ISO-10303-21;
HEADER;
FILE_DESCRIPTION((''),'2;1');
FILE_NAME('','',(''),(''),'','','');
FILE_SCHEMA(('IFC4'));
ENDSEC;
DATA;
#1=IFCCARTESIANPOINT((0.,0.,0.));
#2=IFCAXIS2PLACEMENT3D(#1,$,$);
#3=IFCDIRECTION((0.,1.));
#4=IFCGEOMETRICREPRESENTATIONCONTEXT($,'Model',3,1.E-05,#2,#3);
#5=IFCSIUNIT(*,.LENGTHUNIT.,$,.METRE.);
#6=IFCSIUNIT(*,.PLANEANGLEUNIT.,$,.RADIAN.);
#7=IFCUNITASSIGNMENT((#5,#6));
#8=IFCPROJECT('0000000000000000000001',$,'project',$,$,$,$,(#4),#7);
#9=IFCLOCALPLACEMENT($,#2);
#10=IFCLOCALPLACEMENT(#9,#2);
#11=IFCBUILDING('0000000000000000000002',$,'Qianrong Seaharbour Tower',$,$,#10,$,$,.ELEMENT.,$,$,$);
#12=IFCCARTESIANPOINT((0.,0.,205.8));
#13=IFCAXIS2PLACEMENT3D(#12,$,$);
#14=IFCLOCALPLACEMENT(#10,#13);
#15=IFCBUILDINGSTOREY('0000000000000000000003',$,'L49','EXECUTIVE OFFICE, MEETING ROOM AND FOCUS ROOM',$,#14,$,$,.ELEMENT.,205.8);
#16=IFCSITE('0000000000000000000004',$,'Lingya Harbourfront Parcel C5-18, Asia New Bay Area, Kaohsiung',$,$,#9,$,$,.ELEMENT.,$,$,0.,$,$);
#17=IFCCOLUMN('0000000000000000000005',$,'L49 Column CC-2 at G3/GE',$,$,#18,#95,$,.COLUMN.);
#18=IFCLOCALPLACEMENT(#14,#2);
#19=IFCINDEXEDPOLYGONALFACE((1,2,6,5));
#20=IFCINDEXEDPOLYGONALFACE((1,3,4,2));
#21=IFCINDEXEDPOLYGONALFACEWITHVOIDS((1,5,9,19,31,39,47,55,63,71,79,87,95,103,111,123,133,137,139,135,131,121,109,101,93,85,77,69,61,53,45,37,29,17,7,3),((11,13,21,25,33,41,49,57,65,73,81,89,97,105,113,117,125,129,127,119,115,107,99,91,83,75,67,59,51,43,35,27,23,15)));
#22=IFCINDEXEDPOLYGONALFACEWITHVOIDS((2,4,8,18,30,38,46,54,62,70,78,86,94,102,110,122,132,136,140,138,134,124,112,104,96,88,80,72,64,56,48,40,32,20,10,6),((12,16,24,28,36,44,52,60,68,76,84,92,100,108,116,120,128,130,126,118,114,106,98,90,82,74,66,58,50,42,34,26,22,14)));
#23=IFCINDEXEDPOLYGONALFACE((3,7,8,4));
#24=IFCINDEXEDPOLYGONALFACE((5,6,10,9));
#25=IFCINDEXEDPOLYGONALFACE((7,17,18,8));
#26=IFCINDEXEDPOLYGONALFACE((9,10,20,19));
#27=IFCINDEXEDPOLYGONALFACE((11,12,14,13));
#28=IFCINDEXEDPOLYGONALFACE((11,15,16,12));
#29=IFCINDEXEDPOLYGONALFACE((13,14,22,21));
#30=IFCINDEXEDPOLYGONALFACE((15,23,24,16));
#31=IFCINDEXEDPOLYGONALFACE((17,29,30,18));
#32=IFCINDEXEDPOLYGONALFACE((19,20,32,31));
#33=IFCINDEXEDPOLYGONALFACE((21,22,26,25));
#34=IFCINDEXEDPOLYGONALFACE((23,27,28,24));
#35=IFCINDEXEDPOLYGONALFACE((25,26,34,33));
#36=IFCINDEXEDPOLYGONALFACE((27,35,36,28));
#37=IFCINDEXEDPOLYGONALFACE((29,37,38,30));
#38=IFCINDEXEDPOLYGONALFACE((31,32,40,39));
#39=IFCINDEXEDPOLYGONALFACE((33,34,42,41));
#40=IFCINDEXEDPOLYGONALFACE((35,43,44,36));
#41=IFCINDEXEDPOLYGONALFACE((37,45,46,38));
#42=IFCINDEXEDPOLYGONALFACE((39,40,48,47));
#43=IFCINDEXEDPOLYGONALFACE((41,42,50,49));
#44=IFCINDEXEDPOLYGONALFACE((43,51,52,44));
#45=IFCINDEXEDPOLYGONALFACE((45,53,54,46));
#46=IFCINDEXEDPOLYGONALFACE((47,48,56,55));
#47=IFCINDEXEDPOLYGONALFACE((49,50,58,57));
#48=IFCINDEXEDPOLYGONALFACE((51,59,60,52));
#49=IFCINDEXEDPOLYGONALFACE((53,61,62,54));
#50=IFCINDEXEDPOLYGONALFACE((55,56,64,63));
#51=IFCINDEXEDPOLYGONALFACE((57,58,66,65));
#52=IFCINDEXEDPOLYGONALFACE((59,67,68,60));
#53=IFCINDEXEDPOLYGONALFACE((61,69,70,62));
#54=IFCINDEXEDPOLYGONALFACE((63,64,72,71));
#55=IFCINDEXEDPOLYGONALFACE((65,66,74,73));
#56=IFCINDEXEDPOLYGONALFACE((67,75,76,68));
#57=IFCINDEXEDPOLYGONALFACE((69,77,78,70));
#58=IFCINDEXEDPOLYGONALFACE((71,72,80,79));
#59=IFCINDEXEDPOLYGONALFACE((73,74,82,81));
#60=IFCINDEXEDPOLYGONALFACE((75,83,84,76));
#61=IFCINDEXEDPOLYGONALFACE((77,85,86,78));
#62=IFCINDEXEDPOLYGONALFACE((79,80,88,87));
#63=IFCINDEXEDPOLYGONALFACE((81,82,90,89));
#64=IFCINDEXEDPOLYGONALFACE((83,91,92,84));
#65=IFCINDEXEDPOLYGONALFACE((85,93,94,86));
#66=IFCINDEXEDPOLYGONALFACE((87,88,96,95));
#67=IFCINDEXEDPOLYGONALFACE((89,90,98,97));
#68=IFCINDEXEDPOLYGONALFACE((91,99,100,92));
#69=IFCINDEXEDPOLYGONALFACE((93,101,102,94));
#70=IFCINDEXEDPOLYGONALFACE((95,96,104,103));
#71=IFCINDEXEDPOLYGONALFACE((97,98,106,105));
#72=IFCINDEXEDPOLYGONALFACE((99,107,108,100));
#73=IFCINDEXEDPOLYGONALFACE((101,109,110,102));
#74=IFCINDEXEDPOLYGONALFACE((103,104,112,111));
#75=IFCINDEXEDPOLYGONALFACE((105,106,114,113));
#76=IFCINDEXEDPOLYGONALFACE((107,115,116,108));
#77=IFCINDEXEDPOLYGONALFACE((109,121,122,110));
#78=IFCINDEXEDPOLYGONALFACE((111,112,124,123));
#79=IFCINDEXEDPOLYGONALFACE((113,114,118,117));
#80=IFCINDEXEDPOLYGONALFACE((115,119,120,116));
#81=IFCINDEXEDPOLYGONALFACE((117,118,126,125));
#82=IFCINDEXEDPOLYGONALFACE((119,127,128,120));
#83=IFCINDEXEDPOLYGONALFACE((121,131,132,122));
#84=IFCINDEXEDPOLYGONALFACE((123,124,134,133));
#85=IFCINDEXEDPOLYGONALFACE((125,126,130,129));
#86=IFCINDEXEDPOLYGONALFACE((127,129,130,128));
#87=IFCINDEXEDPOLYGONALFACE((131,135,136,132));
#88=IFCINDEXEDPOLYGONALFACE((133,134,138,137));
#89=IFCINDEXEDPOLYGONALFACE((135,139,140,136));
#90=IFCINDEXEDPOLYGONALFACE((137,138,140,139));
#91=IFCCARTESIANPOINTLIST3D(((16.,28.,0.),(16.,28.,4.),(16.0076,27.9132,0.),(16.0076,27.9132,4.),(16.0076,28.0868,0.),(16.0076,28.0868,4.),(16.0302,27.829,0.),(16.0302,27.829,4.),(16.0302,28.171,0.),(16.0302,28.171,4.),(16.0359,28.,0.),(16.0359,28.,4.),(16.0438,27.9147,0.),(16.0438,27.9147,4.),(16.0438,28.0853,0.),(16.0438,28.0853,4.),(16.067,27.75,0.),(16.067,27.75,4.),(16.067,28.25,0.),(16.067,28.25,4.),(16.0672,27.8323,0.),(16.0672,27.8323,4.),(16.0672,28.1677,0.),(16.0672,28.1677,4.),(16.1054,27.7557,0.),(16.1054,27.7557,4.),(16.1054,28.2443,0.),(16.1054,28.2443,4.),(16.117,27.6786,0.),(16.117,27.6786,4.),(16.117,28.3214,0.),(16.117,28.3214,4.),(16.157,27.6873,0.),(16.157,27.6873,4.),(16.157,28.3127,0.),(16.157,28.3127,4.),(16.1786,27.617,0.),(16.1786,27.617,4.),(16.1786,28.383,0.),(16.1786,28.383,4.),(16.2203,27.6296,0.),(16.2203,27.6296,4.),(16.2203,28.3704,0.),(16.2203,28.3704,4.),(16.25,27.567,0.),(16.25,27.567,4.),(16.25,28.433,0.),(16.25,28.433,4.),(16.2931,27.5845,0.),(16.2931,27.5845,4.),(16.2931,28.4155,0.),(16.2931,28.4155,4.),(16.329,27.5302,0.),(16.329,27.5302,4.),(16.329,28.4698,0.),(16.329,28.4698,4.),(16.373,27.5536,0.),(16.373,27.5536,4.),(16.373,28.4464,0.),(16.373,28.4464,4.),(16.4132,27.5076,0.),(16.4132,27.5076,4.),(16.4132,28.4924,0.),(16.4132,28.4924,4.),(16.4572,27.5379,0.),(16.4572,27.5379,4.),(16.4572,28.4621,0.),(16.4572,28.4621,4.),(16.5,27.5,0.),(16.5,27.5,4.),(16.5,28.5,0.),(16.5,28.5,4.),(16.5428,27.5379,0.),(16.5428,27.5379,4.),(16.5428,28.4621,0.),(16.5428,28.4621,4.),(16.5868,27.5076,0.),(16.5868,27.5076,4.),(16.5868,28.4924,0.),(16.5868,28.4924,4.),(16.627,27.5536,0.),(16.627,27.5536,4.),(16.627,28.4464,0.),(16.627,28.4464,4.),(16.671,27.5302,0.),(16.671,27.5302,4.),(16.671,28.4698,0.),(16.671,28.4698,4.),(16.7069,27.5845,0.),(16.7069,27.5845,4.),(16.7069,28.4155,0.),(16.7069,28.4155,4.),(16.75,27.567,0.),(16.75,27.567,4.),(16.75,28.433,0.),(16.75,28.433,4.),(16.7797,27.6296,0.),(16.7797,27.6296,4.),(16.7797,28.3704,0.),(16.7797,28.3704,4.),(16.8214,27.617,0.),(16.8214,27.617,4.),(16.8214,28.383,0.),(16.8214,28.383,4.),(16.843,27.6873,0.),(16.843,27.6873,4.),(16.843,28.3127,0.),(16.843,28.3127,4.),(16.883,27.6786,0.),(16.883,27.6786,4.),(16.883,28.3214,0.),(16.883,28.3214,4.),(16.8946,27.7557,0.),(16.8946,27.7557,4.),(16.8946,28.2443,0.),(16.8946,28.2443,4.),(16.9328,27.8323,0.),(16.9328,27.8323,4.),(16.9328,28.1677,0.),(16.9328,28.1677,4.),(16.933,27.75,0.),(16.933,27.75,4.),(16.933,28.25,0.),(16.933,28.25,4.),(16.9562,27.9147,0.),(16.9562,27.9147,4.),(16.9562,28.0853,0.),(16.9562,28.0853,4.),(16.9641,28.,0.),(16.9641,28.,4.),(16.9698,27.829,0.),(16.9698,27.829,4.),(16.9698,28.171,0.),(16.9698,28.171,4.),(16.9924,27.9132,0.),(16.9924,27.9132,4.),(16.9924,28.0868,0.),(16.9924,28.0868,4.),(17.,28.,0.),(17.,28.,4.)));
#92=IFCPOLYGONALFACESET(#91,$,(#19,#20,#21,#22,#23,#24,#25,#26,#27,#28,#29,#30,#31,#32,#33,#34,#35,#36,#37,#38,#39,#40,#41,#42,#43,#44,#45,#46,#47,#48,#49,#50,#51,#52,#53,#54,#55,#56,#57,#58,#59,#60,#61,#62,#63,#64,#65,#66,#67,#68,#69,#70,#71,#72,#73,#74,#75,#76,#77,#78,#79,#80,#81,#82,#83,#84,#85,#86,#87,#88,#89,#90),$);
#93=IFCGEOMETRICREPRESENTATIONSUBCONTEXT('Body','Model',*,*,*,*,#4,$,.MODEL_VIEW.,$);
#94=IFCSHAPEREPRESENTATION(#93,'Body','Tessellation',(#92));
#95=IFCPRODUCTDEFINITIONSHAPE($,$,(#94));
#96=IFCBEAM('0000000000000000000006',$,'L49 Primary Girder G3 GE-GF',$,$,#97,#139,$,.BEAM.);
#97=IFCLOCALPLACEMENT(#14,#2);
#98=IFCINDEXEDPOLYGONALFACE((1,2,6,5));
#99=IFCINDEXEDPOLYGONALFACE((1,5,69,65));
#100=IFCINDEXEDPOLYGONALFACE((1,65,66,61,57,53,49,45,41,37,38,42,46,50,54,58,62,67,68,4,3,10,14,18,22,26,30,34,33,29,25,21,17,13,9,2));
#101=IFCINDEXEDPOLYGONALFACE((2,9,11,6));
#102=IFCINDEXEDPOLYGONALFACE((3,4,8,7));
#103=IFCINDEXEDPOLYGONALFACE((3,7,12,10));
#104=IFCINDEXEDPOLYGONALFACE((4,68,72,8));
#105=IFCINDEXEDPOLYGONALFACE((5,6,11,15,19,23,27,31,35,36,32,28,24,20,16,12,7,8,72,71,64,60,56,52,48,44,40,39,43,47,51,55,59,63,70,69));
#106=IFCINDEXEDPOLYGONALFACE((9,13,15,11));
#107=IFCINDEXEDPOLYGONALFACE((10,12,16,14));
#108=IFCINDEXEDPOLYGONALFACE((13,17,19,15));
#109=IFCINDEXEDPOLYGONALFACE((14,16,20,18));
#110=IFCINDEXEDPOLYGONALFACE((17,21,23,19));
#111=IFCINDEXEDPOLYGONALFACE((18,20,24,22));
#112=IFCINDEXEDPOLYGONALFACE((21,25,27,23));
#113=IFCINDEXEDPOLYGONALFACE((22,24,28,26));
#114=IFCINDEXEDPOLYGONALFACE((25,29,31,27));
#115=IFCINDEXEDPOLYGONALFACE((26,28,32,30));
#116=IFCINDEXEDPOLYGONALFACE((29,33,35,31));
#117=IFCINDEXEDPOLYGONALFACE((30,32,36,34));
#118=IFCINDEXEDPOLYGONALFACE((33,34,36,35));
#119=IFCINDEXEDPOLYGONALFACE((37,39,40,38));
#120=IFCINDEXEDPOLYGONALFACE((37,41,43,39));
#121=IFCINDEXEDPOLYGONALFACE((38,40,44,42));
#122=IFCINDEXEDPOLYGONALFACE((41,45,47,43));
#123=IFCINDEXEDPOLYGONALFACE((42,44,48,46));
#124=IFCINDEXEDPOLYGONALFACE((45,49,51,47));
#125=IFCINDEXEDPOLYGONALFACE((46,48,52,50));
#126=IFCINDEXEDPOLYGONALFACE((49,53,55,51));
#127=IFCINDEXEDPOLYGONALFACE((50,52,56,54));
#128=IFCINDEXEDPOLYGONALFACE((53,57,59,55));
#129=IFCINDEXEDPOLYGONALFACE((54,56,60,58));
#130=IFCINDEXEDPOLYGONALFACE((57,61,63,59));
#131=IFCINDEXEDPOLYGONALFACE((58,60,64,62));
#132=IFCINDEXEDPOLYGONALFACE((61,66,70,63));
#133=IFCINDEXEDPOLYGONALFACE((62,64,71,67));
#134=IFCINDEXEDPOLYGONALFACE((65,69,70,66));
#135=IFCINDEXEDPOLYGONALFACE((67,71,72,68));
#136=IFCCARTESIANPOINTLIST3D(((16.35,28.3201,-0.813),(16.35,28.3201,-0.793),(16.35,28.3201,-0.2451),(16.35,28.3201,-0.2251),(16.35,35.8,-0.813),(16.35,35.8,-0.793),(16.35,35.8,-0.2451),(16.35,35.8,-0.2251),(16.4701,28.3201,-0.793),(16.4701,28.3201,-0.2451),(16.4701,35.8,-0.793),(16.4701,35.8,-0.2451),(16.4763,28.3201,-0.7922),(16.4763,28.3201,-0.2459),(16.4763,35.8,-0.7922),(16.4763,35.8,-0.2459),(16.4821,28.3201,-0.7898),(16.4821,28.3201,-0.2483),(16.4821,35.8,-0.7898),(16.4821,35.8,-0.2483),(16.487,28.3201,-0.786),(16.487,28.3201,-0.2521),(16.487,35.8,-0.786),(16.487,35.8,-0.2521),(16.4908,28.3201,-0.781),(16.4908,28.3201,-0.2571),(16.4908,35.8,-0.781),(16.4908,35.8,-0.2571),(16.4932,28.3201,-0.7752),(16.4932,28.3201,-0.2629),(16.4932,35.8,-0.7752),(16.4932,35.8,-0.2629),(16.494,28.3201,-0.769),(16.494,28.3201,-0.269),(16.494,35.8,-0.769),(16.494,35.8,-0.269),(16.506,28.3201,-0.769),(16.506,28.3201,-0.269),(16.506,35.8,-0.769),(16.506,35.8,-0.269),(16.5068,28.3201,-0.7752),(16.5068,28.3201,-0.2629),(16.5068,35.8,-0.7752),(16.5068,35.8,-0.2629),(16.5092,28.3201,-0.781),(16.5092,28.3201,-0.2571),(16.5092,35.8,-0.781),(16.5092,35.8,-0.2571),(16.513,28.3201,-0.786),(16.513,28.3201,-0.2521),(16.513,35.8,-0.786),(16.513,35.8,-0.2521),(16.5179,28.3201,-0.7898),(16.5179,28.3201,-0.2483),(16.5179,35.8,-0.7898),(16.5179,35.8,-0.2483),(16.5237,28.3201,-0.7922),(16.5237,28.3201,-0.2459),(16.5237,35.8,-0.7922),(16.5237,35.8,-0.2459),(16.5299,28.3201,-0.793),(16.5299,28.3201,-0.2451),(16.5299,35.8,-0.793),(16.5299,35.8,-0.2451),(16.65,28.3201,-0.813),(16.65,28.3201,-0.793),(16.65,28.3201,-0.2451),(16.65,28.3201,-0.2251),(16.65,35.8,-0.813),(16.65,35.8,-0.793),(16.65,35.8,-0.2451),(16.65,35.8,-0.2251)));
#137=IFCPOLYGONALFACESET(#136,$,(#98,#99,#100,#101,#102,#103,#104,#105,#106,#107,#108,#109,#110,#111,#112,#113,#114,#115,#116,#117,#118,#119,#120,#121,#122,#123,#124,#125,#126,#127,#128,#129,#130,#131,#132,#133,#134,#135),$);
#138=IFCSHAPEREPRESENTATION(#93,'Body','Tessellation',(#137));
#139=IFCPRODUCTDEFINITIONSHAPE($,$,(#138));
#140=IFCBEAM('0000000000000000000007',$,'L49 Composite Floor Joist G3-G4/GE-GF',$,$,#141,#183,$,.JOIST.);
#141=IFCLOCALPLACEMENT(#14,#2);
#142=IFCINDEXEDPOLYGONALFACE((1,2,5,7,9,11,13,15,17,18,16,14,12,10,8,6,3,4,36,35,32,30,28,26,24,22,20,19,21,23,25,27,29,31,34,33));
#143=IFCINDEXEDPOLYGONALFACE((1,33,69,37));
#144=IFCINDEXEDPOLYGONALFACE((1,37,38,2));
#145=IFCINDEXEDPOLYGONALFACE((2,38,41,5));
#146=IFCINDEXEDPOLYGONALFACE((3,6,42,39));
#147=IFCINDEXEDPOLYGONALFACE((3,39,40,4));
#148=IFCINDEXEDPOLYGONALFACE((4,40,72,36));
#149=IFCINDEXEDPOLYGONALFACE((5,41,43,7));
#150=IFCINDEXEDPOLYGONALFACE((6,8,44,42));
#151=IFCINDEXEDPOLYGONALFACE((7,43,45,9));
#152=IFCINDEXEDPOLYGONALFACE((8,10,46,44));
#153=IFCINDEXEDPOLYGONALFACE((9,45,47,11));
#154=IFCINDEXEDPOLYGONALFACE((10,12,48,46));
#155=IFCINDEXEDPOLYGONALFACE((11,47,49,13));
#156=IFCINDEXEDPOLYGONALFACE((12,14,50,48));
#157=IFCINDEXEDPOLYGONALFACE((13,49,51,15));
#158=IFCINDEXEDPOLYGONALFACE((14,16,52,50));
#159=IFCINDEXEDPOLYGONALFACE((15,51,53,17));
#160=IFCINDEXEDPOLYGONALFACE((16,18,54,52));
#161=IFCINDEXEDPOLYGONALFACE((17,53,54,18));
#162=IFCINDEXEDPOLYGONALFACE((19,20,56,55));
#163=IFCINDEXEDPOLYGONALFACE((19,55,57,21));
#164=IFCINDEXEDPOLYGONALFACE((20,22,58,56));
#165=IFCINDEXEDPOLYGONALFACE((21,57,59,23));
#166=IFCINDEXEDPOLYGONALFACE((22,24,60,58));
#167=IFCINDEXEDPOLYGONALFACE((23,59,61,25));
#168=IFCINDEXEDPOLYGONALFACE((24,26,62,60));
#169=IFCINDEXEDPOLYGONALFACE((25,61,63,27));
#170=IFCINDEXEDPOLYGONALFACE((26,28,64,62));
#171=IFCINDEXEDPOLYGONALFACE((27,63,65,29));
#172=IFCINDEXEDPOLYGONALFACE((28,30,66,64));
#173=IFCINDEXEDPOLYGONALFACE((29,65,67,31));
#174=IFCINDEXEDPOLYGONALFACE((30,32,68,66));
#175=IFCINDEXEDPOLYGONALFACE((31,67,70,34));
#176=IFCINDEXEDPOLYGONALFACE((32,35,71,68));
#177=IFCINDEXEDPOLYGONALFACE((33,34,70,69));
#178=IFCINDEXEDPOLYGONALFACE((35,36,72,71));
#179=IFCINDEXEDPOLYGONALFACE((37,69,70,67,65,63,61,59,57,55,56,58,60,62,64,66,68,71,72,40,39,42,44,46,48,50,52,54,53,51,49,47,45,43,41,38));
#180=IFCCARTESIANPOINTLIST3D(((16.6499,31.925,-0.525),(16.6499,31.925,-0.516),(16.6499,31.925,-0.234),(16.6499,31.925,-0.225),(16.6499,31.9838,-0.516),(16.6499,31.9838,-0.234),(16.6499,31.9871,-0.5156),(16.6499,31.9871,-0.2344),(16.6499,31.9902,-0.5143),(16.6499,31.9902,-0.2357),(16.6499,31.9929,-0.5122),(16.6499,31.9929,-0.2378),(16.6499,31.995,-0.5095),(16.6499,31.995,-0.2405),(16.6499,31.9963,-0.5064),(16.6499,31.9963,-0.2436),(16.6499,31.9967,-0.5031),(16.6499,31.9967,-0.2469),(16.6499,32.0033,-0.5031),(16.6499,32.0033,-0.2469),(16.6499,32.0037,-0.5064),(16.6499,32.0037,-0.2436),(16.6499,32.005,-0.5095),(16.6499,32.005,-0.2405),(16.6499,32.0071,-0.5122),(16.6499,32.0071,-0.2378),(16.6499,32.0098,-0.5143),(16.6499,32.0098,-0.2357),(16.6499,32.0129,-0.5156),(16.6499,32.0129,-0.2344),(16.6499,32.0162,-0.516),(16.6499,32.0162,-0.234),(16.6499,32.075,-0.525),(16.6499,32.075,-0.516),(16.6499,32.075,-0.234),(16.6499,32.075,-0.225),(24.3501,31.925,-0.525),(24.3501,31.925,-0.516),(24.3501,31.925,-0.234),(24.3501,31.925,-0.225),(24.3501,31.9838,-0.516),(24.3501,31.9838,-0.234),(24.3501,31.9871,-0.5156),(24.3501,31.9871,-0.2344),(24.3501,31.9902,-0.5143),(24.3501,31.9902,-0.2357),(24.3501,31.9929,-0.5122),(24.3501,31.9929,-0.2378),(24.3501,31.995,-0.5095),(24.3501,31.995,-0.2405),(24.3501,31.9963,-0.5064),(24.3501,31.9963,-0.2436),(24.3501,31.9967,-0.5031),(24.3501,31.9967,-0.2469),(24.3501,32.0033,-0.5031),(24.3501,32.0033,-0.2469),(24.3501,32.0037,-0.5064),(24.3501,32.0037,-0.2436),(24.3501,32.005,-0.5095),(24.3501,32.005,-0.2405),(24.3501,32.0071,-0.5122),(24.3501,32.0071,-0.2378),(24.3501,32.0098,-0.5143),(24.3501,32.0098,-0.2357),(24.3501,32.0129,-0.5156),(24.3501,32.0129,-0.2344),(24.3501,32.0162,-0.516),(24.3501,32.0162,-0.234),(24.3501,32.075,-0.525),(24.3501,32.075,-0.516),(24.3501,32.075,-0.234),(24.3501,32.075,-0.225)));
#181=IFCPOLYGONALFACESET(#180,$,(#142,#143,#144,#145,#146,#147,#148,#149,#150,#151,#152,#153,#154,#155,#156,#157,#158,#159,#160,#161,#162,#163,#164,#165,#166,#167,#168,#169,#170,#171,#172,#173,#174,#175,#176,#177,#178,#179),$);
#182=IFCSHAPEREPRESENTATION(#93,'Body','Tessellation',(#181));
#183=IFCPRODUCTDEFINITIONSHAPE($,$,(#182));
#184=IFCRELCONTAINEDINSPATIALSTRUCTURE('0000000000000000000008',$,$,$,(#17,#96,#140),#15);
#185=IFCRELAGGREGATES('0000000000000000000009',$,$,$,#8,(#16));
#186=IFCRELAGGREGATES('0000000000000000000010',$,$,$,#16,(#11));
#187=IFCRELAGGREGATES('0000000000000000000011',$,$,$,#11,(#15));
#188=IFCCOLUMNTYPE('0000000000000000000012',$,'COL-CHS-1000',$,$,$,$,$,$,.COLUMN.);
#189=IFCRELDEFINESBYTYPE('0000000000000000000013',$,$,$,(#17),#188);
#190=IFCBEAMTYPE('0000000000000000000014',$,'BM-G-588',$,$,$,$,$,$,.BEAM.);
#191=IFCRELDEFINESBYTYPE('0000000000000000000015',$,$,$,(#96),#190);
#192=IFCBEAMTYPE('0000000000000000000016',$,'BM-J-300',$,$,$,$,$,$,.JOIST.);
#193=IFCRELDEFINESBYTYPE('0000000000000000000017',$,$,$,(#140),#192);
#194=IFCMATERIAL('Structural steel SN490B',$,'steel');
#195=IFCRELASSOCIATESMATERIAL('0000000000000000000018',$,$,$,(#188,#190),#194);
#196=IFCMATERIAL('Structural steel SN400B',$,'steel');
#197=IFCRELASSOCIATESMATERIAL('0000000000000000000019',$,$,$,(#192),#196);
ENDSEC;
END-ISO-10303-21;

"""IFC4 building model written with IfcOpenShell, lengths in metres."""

from ifc_helpers import new_model, si_unit, direction, frame, origin, origin_2d, place, context, subcontext, project, spatial, hollow_circle, i_section, extrude, material, material_profile, profile_set, type_object, element, save


model = new_model("IFC4")

# Units and contexts
model_context = context("Model", 3, precision=1e-05, world=origin(), true_north=direction((0.0, 1.0)))
body_context = subcontext(model_context, "Body", "Model", "MODEL_VIEW")
ifc_project = project(units=[si_unit("LENGTHUNIT", "METRE"), si_unit("PLANEANGLEUNIT", "RADIAN")], contexts=[model_context])

# Site, building, storey
site_placement = place(None, origin())
site = spatial("IfcSite", under=ifc_project, at=site_placement, Name="Lingya Harbourfront Parcel C5-18, Asia New Bay Area, Kaohsiung", CompositionType="ELEMENT", RefElevation=0.0)
building_placement = place(site_placement, origin())
building = spatial("IfcBuilding", under=site, at=building_placement, Name="Qianrong Seaharbour Tower", CompositionType="ELEMENT")
storey_placement = place(building_placement, frame((0.0, 0.0, 205.8)))
storey = spatial("IfcBuildingStorey", under=building, at=storey_placement, Name="L49", Description="EXECUTIVE OFFICE, MEETING ROOM AND FOCUS ROOM", CompositionType="ELEMENT", Elevation=205.8)

# Column
ifc_material_1 = material(Name="Structural steel SN490B", Category="steel")
ifc_material_profile_1 = material_profile(ifc_material_1, hollow_circle(Radius=0.5, WallThickness=0.0359, at=origin_2d()), Name="CHS1000x36")
ifc_profile_set_1 = profile_set([ifc_material_profile_1], Name="Structural steel SN490B")
column_type = type_object("IfcColumnType", Name="COL-CHS-1000", PredefinedType="COLUMN", material=ifc_profile_set_1)
column_placement = place(storey_placement, frame((16.5, 28.0, 0.0), z_axis=(0.0, 0.0, 1.0), x_axis=(1.0, 0.0, 0.0)))
element("IfcColumn", 1, at=column_placement, inside=storey, type_object=column_type, Name="L49 Column CC-2 at G3/GE", PredefinedType="COLUMN", context=body_context, shape_type="SweptSolid", body=[
    extrude(hollow_circle(Radius=0.5, WallThickness=0.0359, at=origin_2d()), origin(), (0.0, 0.0, 1.0), 4.0),
])

# Beams
ifc_material_profile_2 = material_profile(ifc_material_1, i_section(OverallWidth=0.3, OverallDepth=0.5879, WebThickness=0.012, FlangeThickness=0.02, FilletRadius=0.0239, at=origin_2d()), Name="H588x300x12x20")
ifc_profile_set_2 = profile_set([ifc_material_profile_2], Name="Structural steel SN490B")
beam_type_1 = type_object("IfcBeamType", Name="BM-G-588", PredefinedType="BEAM", material=ifc_profile_set_2)
beam_1_placement = place(storey_placement, frame((16.5, 28.3201, -0.519), z_axis=(0.0, 1.0, 0.0), x_axis=(-1.0, 0.0, 0.0)))
element("IfcBeam", 2, at=beam_1_placement, inside=storey, type_object=beam_type_1, Name="L49 Primary Girder G3 GE-GF", PredefinedType="BEAM", context=body_context, shape_type="SweptSolid", body=[
    extrude(i_section(OverallWidth=0.3, OverallDepth=0.5879, WebThickness=0.012, FlangeThickness=0.02, FilletRadius=0.0239, at=origin_2d()), origin(), (0.0, 0.0, 1.0), 7.48),
])
ifc_material_2 = material(Name="Structural steel SN400B", Category="steel")
ifc_material_profile_3 = material_profile(ifc_material_2, i_section(OverallWidth=0.1499, OverallDepth=0.3, WebThickness=0.0066, FlangeThickness=0.009, FilletRadius=0.0129, at=origin_2d()), Name="H300x150x6.5x9")
ifc_profile_set_3 = profile_set([ifc_material_profile_3], Name="Structural steel SN400B")
beam_type_2 = type_object("IfcBeamType", Name="BM-J-300", PredefinedType="JOIST", material=ifc_profile_set_3)
beam_2_placement = place(storey_placement, frame((16.6499, 32.0, -0.375), z_axis=(1.0, 0.0, 0.0), x_axis=(0.0, 1.0, 0.0)))
element("IfcBeam", 3, at=beam_2_placement, inside=storey, type_object=beam_type_2, Name="L49 Composite Floor Joist G3-G4/GE-GF", PredefinedType="JOIST", context=body_context, shape_type="SweptSolid", body=[
    extrude(i_section(OverallWidth=0.1499, OverallDepth=0.3, WebThickness=0.0066, FlangeThickness=0.009, FilletRadius=0.0129, at=origin_2d()), origin(), (0.0, 0.0, 1.0), 7.7002),
])

save(model, "model.ifc")
